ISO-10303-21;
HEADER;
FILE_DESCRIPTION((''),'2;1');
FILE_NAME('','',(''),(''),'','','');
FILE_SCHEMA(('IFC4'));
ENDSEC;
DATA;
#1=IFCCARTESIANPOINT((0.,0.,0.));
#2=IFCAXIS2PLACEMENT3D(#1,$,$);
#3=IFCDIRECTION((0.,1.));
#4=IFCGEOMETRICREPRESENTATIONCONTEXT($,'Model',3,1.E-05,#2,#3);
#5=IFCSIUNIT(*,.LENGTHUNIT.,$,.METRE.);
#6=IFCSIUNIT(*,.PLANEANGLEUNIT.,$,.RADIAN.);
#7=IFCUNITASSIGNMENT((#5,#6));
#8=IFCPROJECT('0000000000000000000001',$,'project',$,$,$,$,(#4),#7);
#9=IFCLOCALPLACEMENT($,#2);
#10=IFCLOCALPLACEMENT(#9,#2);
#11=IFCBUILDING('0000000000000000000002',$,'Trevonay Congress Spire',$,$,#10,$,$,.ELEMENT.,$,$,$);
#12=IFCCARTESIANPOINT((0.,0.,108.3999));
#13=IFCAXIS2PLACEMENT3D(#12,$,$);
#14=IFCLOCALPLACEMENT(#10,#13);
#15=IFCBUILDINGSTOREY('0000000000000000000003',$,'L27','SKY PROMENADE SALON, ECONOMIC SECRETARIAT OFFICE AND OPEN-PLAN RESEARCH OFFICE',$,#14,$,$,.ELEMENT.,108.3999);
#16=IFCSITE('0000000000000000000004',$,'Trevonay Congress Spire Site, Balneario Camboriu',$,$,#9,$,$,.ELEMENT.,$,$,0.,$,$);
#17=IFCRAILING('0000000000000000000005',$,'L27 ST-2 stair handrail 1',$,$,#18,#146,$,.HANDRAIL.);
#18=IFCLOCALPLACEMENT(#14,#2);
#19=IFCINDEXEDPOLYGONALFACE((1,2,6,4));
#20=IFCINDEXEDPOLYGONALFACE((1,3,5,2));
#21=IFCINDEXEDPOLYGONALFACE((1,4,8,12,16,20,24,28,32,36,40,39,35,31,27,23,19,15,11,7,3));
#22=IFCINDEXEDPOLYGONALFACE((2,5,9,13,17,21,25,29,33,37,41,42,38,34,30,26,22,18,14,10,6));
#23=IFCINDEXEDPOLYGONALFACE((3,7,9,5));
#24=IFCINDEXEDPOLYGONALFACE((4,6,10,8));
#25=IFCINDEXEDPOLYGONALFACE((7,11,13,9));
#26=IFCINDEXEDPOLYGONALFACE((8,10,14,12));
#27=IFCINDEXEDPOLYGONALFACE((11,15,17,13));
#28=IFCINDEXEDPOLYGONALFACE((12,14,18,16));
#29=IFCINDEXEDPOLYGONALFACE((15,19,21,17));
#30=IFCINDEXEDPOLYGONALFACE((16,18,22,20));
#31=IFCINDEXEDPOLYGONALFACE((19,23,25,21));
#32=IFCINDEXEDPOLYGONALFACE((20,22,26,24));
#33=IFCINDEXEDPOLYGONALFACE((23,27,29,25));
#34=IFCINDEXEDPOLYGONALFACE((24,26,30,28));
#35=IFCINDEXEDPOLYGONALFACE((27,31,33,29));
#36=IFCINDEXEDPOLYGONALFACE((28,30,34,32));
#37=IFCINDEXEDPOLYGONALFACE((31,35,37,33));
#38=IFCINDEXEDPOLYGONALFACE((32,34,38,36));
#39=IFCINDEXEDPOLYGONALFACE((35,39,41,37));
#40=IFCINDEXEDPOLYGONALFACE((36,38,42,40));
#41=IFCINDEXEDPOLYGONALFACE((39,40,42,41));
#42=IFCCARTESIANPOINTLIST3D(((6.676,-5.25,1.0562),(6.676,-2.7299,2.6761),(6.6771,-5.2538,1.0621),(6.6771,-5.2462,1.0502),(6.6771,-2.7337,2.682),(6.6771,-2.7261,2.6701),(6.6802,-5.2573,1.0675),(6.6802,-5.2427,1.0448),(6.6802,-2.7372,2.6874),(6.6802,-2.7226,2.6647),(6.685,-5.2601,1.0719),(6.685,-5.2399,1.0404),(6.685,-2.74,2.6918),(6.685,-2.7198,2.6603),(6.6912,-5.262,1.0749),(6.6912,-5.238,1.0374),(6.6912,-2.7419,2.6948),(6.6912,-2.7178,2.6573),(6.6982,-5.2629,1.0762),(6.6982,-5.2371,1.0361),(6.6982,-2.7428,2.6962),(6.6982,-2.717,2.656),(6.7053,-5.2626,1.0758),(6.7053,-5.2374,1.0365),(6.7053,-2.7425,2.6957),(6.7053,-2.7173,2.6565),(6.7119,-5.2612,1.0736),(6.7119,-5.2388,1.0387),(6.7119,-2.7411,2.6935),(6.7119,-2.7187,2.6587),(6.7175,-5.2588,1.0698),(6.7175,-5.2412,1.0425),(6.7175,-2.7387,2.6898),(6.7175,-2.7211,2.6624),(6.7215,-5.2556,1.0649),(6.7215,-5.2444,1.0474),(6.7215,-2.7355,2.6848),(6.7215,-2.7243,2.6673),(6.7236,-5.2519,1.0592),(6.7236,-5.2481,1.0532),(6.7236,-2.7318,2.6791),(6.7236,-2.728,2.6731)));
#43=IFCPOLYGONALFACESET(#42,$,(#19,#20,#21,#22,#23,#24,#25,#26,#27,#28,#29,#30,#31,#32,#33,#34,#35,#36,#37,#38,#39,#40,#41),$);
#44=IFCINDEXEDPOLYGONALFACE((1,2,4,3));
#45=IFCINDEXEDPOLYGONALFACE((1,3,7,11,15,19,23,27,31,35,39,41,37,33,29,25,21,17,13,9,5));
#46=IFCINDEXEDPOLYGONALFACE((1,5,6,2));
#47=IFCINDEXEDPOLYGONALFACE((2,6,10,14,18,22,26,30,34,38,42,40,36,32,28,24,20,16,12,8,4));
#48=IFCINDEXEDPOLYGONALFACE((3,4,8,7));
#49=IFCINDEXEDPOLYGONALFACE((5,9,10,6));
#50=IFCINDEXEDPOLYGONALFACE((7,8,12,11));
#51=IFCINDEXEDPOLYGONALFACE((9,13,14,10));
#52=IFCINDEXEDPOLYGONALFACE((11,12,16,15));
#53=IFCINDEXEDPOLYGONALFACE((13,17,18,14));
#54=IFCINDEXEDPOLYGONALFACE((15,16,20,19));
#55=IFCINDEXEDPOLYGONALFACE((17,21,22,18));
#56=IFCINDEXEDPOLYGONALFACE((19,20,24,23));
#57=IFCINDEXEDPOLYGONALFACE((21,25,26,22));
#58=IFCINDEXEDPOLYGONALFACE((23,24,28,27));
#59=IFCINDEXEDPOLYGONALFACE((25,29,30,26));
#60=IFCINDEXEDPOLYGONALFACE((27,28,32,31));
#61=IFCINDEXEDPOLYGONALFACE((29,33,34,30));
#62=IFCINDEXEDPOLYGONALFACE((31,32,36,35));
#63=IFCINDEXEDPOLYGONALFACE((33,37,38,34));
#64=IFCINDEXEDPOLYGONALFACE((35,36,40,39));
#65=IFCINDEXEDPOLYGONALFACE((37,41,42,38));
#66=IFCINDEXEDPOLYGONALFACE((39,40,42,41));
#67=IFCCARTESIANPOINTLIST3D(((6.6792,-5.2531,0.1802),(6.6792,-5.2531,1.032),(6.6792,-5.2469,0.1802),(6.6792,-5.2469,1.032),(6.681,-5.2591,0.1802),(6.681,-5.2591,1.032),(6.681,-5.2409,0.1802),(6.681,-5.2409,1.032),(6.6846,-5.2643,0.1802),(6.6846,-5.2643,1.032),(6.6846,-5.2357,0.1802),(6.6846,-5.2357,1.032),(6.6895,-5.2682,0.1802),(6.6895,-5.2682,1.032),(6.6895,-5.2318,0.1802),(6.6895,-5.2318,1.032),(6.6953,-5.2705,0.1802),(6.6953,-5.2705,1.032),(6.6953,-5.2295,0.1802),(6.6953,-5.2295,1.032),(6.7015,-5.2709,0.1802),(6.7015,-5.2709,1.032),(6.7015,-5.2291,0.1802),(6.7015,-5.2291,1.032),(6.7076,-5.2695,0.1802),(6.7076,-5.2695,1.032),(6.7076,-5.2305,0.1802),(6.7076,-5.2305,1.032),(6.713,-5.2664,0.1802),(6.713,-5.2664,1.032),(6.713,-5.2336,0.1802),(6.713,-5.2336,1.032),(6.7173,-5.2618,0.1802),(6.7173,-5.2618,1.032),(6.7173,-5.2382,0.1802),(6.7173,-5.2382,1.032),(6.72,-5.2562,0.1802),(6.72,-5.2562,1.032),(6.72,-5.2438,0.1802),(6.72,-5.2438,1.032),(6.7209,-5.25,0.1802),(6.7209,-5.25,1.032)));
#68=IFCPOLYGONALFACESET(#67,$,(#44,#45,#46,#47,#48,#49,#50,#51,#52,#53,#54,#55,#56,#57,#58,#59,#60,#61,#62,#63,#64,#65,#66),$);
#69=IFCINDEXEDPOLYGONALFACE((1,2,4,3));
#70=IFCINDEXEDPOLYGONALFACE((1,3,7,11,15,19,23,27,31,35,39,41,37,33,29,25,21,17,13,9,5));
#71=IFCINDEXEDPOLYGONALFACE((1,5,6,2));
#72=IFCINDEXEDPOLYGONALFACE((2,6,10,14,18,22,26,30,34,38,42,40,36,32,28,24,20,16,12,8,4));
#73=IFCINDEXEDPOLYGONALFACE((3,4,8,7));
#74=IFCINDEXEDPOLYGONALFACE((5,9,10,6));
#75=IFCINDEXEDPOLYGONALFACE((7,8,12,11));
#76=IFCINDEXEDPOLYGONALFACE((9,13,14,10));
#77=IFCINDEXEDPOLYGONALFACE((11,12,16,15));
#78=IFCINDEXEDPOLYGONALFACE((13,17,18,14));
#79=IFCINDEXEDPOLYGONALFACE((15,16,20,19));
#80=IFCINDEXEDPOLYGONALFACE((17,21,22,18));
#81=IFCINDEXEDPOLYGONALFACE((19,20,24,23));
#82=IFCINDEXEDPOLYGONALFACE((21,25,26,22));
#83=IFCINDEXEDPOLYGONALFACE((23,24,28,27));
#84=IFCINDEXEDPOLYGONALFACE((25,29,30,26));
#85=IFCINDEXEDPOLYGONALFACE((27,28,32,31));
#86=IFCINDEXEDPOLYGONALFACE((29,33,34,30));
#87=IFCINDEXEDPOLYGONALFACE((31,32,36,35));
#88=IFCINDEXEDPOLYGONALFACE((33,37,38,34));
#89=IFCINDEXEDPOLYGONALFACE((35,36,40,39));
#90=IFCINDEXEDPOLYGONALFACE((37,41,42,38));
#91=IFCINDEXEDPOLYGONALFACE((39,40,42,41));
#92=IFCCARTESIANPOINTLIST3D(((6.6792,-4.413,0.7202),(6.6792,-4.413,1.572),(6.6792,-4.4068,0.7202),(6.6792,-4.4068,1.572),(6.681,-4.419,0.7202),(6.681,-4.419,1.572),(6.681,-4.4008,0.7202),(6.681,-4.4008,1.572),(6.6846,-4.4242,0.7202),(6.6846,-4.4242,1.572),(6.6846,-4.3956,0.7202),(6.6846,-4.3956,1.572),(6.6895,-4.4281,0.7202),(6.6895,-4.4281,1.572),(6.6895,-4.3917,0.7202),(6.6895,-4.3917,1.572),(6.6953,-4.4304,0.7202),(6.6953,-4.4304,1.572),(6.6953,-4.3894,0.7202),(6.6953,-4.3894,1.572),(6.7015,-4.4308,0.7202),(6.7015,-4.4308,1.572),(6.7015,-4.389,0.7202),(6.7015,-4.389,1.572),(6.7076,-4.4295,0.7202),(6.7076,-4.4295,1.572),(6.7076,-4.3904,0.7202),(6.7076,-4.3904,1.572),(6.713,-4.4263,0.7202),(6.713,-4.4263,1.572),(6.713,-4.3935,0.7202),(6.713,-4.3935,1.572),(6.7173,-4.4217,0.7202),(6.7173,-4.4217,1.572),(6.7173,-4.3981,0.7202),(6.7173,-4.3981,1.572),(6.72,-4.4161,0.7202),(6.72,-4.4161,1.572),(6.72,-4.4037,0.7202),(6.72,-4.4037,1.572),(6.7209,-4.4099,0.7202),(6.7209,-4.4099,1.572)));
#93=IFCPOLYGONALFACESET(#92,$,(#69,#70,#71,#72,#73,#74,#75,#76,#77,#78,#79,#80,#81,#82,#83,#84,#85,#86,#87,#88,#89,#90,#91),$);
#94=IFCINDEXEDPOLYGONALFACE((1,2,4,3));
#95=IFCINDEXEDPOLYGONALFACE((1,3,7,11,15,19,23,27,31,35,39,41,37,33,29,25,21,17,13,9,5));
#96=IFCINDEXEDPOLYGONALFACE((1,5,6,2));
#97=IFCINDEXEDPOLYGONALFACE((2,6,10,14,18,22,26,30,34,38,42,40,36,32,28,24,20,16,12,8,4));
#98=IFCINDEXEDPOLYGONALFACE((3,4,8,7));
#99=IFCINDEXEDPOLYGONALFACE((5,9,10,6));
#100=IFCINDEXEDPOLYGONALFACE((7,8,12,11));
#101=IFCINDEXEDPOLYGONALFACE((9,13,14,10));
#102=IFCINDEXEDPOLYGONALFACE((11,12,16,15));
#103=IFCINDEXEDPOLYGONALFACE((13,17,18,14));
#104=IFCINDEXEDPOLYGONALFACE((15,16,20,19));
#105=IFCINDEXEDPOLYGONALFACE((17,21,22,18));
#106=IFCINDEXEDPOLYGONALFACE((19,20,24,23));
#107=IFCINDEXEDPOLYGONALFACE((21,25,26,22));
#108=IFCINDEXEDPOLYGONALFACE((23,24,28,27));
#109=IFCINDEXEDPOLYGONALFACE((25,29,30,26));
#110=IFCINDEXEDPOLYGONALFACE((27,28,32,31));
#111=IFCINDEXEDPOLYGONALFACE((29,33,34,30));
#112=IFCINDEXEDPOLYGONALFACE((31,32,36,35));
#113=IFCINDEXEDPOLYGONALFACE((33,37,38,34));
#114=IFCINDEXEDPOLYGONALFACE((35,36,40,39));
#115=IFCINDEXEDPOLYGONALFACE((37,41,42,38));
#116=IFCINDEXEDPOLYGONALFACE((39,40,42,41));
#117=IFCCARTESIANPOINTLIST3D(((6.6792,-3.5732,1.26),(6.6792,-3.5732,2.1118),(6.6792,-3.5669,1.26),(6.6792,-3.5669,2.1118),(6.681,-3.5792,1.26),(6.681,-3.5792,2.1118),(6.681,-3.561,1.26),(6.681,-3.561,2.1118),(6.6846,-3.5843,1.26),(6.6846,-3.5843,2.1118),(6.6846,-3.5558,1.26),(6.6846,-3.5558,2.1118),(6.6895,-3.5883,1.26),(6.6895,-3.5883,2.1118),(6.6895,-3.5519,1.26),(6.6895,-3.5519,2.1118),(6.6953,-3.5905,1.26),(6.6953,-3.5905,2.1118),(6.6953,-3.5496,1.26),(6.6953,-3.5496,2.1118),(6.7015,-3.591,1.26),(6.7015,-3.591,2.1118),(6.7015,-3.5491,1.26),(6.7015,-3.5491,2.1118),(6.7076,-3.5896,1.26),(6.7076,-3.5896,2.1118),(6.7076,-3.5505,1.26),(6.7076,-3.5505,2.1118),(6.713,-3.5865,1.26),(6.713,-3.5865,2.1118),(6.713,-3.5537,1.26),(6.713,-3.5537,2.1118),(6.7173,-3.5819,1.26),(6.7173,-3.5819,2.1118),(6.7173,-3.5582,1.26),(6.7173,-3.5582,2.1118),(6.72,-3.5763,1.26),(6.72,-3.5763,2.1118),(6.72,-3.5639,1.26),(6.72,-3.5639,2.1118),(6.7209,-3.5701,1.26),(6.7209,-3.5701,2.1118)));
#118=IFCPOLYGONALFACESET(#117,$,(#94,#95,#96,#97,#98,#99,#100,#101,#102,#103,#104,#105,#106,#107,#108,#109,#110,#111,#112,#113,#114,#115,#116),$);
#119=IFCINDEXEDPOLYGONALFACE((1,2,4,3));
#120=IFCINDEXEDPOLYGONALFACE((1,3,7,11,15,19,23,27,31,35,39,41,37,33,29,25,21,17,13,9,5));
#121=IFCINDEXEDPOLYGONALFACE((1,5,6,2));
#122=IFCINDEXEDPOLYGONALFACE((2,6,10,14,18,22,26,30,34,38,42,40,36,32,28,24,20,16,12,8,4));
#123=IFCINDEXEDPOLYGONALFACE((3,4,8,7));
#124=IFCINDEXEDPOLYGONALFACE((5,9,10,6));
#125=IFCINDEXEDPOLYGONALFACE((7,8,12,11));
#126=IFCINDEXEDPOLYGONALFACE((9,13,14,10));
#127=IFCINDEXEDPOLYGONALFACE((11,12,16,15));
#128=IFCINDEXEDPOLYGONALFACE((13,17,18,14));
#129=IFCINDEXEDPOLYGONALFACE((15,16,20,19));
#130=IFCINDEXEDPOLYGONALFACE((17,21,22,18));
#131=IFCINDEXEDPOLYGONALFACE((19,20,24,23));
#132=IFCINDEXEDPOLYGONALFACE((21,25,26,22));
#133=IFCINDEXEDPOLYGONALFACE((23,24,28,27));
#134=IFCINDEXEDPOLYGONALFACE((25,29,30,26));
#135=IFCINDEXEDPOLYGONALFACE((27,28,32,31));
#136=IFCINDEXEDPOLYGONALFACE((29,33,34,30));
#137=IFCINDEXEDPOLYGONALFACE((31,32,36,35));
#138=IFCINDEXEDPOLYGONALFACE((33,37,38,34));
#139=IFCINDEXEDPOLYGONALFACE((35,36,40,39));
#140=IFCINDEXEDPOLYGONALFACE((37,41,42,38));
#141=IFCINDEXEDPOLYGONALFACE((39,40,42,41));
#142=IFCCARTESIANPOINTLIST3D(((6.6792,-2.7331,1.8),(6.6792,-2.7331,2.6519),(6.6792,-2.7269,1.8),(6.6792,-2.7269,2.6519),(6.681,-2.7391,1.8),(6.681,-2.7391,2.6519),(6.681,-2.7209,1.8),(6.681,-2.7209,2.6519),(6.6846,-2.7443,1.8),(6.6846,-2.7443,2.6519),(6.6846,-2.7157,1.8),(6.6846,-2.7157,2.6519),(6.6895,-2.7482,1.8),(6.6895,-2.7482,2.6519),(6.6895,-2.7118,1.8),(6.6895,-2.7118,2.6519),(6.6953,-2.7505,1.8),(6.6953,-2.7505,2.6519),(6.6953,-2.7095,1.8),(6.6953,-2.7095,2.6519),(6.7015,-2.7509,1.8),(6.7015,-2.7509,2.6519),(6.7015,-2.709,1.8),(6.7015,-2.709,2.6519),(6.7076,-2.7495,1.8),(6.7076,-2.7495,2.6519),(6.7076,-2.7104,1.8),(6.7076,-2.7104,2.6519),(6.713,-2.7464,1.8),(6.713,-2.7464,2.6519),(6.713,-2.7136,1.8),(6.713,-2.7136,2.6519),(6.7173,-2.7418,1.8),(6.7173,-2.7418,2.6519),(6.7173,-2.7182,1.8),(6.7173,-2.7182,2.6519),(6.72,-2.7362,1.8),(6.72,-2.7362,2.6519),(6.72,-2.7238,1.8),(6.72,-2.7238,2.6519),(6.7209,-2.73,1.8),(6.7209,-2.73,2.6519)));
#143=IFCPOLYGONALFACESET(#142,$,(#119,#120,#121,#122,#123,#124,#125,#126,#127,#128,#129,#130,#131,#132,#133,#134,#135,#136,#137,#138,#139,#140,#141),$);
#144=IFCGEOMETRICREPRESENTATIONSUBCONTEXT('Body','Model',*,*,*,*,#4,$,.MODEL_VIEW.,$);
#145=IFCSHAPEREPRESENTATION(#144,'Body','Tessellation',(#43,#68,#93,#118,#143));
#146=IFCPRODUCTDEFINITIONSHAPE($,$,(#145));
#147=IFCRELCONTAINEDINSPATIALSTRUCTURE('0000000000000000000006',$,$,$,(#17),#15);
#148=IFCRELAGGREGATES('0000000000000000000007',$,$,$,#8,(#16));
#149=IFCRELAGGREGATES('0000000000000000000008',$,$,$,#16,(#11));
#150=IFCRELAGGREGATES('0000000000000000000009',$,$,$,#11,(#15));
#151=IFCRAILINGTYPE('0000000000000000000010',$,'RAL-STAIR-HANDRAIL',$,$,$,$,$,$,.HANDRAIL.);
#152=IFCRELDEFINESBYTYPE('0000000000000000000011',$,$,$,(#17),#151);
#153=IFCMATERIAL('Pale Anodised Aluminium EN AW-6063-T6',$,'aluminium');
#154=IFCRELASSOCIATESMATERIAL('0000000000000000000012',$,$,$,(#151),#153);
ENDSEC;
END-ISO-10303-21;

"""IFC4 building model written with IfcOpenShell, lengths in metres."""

from ifc_helpers import new_model, si_unit, direction, frame, origin, origin_2d, place, context, subcontext, project, spatial, circle, extrude, material, type_object, element, save


model = new_model("IFC4")

# Units and contexts
model_context = context("Model", 3, precision=1e-05, world=origin(), true_north=direction((0.0, 1.0)))
body_context = subcontext(model_context, "Body", "Model", "MODEL_VIEW")
ifc_project = project(units=[si_unit("LENGTHUNIT", "METRE"), si_unit("PLANEANGLEUNIT", "RADIAN")], contexts=[model_context])

# Site, building, storey
site_placement = place(None, origin())
site = spatial("IfcSite", under=ifc_project, at=site_placement, Name="Trevonay Congress Spire Site, Balneario Camboriu", CompositionType="ELEMENT", RefElevation=0.0)
building_placement = place(site_placement, origin())
building = spatial("IfcBuilding", under=site, at=building_placement, Name="Trevonay Congress Spire", CompositionType="ELEMENT")
storey_placement = place(building_placement, frame((0.0, 0.0, 108.3999)))
storey = spatial("IfcBuildingStorey", under=building, at=storey_placement, Name="L27", Description="SKY PROMENADE SALON, ECONOMIC SECRETARIAT OFFICE AND OPEN-PLAN RESEARCH OFFICE", CompositionType="ELEMENT", Elevation=108.3999)

# Shared definitions
ifc_material_1 = material(Name="Pale Anodised Aluminium EN AW-6063-T6", Category="aluminium")

# Railing
railing_type_1 = type_object("IfcRailingType", Name="RAL-STAIR-HANDRAIL", PredefinedType="HANDRAIL", material=ifc_material_1)
railing_1_placement = place(storey_placement, frame((6.7, -5.25, 0.1802)))
element("IfcRailing", 1, at=railing_1_placement, inside=storey, type_object=railing_type_1, Name="L27 ST-2 stair handrail 1", PredefinedType="HANDRAIL", context=body_context, shape_type="SweptSolid", body=[
    extrude(circle(Radius=0.0239, at=origin_2d()), frame((0.0, 0.0, 0.876), z_axis=(0.0, 0.8412, 0.540725), x_axis=(-1.0, 0.0, 0.0)), (0.0, 0.0, 1.0), 2.9958),
    extrude(circle(Radius=0.021, at=origin_2d()), origin(), (0.0, 0.0, 1.0), 0.8518),
    extrude(circle(Radius=0.021, at=origin_2d()), frame((0.0, 0.8401, 0.54)), (0.0, 0.0, 1.0), 0.8518),
    extrude(circle(Radius=0.021, at=origin_2d()), frame((0.0, 1.6799, 1.0798)), (0.0, 0.0, 1.0), 0.8518),
    extrude(circle(Radius=0.021, at=origin_2d()), frame((0.0, 2.52, 1.6199)), (0.0, 0.0, 1.0), 0.8518),
])

save(model, "model.ifc")
